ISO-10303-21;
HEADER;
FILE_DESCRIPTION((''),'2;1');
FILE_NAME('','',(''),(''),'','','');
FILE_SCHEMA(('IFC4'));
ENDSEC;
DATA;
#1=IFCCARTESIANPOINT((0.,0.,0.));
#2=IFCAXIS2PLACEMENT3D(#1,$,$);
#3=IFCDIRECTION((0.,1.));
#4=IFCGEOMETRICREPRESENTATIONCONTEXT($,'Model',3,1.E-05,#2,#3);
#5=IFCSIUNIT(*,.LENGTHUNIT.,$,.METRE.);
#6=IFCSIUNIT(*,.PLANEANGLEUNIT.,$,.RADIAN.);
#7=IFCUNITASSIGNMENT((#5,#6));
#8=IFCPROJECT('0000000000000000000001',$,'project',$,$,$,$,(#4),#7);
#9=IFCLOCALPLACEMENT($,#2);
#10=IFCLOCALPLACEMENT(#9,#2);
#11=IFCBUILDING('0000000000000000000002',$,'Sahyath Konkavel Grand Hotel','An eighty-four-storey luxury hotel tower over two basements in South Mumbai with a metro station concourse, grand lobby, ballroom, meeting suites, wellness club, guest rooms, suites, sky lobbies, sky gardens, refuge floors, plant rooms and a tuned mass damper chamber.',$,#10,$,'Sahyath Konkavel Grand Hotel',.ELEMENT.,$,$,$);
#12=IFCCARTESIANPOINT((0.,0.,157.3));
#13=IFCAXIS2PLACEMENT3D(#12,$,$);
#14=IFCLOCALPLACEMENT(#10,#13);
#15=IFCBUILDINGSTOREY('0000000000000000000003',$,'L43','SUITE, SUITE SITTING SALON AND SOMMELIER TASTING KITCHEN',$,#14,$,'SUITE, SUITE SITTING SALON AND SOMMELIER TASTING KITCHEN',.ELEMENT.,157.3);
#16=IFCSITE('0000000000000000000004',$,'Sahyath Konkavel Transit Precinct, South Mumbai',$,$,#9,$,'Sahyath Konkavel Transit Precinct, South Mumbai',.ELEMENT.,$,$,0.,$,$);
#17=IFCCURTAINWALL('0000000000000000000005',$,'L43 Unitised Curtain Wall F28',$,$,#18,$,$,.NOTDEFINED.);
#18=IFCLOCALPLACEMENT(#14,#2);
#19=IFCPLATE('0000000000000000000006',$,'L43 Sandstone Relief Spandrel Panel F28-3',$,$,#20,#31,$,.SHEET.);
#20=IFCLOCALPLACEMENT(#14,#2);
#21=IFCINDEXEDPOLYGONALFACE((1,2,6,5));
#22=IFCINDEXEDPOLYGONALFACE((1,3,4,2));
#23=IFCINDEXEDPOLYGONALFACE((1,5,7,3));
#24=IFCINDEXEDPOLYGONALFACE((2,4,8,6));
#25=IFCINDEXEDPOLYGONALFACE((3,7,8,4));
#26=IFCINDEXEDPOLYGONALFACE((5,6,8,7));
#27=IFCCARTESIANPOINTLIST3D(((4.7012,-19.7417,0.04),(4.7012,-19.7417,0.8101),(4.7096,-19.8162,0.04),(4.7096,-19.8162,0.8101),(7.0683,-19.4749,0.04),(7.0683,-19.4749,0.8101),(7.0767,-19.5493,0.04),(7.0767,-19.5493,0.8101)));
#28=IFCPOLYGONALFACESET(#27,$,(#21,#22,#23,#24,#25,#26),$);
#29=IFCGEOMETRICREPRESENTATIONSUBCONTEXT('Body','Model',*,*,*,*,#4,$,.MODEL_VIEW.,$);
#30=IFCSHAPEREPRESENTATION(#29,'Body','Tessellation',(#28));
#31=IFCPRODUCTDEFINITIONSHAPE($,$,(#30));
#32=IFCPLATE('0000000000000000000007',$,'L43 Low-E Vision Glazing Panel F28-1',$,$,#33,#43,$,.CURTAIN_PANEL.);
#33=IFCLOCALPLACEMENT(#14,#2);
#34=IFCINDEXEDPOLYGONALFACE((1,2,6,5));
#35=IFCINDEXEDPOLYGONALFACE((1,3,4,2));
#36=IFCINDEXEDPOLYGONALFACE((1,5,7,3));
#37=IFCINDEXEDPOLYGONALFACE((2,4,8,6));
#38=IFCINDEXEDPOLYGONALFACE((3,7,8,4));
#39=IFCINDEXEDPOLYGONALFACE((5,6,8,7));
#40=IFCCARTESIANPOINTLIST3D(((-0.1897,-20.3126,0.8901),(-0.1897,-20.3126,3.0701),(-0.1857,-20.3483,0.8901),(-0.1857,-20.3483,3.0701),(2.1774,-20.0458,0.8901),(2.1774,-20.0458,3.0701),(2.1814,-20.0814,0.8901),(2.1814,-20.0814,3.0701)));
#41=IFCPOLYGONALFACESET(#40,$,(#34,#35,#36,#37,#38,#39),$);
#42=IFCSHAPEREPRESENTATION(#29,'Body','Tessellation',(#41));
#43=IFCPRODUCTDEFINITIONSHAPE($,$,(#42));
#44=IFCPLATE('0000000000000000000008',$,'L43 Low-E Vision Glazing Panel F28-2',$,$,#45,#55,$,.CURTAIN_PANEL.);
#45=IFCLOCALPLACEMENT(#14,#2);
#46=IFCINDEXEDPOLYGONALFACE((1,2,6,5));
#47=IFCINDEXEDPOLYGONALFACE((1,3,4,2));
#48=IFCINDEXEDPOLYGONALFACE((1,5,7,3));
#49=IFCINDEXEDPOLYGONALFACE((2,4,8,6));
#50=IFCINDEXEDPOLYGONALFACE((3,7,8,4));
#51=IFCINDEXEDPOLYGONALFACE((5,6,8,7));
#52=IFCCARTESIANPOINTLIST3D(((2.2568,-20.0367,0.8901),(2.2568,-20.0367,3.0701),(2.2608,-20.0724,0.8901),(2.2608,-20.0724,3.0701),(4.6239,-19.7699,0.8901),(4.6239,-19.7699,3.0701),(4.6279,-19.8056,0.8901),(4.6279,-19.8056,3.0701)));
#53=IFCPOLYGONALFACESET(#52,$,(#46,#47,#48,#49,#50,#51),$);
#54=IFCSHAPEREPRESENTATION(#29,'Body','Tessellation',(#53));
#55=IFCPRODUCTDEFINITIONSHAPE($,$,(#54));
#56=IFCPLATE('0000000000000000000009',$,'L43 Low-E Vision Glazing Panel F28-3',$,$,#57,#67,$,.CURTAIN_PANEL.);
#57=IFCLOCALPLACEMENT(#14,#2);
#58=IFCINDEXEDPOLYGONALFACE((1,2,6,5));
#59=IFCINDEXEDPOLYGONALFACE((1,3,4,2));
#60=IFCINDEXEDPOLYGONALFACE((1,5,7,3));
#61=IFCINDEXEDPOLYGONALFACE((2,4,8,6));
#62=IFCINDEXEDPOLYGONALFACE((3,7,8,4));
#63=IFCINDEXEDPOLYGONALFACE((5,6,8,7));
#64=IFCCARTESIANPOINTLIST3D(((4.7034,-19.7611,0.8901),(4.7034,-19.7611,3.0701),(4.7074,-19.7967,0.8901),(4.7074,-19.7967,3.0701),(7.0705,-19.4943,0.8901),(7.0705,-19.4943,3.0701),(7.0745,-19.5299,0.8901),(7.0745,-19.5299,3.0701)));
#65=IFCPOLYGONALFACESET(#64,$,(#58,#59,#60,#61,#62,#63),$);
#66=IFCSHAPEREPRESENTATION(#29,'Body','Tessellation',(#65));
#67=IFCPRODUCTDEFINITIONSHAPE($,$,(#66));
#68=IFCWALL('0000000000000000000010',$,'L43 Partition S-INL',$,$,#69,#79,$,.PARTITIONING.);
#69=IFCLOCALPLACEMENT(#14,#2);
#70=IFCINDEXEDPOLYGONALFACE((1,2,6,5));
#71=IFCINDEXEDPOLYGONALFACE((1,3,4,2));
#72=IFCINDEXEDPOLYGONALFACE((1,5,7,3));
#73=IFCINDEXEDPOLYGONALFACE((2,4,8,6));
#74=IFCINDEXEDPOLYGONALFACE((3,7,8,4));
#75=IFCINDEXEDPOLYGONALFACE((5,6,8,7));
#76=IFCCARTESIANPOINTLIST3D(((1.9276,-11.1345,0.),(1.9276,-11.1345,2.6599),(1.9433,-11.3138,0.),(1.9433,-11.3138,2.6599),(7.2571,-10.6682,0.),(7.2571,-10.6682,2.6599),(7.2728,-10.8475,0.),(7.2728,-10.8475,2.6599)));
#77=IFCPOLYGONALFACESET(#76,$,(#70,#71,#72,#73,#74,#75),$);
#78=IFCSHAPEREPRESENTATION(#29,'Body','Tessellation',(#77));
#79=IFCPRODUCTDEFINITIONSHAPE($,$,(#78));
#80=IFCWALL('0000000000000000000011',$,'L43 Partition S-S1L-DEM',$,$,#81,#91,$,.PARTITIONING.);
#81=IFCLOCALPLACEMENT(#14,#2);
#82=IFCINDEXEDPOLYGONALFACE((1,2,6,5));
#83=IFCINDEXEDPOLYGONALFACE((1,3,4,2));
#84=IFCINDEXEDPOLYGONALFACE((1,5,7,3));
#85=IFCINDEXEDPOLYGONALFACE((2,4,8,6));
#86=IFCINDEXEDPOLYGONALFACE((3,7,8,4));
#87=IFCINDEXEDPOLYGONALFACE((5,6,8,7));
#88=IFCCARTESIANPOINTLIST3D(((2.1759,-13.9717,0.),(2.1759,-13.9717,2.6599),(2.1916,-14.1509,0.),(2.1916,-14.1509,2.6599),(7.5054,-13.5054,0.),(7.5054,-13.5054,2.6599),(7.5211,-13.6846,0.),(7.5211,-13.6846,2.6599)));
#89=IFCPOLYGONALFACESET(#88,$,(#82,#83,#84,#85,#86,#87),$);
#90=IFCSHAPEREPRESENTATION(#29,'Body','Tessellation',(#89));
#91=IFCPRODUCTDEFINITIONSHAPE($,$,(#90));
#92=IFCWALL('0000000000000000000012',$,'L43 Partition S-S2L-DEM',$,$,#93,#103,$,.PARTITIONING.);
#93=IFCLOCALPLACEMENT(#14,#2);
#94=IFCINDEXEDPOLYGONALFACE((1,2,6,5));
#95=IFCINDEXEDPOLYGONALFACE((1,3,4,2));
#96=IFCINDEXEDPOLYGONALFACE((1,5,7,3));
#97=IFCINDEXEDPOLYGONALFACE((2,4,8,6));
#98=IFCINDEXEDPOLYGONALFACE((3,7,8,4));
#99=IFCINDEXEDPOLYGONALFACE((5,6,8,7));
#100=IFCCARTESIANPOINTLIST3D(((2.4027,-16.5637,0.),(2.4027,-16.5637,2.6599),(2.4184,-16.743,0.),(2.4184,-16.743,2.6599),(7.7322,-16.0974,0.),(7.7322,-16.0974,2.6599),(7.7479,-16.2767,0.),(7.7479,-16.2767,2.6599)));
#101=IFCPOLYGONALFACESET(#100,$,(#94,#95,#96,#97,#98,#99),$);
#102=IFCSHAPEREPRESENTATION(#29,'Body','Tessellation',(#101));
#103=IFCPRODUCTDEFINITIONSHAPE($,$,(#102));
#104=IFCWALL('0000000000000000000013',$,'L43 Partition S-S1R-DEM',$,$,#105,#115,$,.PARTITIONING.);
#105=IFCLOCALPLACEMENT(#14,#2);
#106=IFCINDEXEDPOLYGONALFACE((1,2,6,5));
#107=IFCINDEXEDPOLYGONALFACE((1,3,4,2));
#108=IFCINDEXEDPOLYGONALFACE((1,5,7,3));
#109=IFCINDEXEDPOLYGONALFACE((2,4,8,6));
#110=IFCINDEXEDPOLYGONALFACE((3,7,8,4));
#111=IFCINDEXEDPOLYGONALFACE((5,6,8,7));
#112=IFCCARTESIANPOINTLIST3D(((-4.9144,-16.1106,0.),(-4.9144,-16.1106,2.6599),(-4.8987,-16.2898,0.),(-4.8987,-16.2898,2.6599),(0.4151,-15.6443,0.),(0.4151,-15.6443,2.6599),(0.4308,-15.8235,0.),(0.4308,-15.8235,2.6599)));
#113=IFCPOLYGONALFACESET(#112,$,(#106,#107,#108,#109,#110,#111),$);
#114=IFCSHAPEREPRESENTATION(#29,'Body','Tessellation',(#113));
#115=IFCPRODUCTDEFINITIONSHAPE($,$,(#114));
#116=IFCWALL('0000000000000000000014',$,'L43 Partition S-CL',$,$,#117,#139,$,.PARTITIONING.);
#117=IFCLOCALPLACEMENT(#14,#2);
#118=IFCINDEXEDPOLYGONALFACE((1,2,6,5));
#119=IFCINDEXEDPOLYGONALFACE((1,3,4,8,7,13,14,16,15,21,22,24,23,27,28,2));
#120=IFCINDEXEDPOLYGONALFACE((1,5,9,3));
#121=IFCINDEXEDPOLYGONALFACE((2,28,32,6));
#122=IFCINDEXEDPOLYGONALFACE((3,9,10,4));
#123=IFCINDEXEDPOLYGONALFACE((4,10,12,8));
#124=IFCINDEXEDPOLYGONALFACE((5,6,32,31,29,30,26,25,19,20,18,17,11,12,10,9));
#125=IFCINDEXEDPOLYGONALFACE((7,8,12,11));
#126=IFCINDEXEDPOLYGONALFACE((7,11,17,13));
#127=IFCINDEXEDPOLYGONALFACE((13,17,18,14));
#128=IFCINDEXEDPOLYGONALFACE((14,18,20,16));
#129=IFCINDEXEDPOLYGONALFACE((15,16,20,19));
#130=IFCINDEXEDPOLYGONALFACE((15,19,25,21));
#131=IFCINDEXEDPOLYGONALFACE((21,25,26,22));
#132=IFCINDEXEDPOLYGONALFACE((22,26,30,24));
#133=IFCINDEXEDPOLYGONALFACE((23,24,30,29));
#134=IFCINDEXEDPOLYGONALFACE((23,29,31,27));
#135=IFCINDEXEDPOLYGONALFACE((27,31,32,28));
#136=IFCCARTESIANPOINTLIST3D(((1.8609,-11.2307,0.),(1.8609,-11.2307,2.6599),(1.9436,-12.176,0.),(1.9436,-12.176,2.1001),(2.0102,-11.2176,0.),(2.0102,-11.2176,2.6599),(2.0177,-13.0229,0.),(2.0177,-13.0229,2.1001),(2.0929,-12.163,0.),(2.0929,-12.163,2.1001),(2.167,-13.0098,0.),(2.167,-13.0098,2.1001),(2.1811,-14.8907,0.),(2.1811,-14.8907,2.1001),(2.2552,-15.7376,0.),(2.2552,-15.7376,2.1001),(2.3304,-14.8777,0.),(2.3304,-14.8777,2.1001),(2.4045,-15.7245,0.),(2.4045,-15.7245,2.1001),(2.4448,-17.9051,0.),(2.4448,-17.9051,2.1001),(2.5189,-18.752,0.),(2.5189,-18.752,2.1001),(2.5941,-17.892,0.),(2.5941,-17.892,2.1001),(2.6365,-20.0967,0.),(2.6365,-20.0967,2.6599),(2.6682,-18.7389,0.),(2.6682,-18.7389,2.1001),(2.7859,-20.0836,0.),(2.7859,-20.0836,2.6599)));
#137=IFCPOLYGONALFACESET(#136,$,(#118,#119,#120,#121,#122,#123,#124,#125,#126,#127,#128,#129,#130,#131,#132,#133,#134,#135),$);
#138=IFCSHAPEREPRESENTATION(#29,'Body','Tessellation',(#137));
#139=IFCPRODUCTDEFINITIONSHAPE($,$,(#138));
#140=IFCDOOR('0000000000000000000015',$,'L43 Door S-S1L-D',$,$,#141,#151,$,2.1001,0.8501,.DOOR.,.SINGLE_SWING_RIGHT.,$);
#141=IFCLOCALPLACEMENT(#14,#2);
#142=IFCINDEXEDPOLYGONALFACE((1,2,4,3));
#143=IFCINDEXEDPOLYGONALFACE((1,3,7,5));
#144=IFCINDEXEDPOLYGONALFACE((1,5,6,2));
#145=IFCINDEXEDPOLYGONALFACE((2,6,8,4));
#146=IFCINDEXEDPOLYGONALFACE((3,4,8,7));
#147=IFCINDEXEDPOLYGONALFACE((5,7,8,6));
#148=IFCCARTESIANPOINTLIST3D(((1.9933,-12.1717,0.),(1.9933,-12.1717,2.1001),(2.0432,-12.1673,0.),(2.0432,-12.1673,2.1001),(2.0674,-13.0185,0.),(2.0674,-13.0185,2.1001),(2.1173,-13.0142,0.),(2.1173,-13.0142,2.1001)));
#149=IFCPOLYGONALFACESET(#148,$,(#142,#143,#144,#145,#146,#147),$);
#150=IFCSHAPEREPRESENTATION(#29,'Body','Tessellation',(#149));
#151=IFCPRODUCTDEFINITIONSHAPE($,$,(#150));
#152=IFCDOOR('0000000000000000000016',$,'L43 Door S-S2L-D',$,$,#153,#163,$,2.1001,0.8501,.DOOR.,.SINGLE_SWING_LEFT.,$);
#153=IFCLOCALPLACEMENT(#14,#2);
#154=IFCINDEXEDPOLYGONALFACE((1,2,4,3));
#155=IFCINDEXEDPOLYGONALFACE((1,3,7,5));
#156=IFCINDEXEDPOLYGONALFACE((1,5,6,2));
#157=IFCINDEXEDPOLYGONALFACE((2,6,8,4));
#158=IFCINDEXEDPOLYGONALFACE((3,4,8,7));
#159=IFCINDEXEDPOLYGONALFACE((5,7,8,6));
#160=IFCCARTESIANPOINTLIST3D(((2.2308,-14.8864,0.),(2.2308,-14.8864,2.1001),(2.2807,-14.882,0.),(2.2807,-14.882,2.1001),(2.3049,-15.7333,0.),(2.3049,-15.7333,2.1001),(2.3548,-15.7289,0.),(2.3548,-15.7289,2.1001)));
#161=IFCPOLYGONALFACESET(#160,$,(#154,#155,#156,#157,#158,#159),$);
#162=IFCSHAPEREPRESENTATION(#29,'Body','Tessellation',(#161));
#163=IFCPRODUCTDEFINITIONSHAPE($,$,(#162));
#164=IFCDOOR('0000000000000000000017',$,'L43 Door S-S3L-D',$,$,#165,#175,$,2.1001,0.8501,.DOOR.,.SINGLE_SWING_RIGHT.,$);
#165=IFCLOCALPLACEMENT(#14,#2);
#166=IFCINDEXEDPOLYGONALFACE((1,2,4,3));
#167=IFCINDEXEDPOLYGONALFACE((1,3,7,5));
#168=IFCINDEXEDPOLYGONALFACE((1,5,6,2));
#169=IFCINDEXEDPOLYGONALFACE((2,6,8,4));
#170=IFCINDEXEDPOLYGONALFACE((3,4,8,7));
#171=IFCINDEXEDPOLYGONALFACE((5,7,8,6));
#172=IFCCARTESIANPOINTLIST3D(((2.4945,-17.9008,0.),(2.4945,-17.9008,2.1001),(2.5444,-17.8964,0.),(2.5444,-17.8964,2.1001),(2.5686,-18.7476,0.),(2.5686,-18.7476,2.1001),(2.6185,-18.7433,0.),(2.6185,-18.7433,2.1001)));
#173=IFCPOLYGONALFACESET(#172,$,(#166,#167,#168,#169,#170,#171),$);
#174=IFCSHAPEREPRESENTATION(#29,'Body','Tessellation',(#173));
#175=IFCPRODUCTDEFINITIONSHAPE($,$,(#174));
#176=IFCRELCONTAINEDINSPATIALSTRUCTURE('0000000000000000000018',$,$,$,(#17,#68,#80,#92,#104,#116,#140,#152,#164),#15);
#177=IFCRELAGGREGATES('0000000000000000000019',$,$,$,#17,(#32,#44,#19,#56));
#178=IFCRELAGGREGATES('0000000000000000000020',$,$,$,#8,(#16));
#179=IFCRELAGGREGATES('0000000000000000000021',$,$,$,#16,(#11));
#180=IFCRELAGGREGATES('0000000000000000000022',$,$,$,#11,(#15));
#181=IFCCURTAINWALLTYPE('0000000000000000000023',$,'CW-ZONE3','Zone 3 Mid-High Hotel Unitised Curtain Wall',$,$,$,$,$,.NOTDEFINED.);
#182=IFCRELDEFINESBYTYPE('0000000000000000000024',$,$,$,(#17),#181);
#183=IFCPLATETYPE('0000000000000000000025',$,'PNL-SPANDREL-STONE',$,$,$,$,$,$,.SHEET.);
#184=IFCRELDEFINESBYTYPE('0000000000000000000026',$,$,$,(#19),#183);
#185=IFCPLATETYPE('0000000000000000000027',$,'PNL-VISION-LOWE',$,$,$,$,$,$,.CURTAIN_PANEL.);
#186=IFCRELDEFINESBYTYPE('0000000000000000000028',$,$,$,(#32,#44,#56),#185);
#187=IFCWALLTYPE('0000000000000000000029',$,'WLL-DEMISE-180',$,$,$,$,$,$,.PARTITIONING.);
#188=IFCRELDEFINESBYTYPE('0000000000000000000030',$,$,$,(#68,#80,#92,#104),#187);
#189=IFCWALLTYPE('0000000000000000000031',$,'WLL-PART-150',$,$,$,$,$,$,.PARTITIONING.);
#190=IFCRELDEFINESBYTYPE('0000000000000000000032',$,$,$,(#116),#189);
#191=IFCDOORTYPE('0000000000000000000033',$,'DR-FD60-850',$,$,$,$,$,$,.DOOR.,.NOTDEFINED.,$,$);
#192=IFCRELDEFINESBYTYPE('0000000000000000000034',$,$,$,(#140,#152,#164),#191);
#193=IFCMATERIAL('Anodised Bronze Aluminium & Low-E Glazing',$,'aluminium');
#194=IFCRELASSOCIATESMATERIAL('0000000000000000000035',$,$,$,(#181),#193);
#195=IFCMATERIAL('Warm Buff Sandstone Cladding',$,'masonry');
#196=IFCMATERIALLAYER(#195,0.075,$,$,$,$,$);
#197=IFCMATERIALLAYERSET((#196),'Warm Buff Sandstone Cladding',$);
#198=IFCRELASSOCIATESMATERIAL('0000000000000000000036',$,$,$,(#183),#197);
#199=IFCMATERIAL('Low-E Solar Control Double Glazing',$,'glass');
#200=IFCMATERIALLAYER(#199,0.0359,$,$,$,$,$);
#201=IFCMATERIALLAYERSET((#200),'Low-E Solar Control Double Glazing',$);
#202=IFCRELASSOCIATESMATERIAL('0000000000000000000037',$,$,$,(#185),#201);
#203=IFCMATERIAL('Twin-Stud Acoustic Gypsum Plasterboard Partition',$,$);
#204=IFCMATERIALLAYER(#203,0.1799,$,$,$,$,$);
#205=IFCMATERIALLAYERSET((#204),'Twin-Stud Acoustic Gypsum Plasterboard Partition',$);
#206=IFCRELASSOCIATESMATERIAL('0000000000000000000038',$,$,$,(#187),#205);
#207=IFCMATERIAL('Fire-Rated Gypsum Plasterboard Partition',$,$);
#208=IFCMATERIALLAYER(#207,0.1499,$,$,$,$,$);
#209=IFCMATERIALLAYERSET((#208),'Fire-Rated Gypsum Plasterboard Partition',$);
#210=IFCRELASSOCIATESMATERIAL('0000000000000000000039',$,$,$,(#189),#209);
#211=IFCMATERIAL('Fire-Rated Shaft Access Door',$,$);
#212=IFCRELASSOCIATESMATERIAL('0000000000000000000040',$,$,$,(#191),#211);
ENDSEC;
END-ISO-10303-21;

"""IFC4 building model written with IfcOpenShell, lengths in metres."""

from ifc_helpers import new_model, si_unit, direction, frame, frame_2d, origin, origin_2d, place, context, subcontext, project, spatial, rectangle, extrude, source, transform, mapped, material, layer, layer_set, type_object, element, fill, aggregate, save


model = new_model("IFC4")

# Units and contexts
model_context = context("Model", 3, precision=1e-05, world=origin(), true_north=direction((0.0, 1.0)))
body_context = subcontext(model_context, "Body", "Model", "MODEL_VIEW")
ifc_project = project(units=[si_unit("LENGTHUNIT", "METRE"), si_unit("PLANEANGLEUNIT", "RADIAN")], contexts=[model_context])

# Site, building, storey
site_placement = place(None, origin())
site = spatial("IfcSite", under=ifc_project, at=site_placement, Name="Sahyath Konkavel Transit Precinct, South Mumbai", LongName="Sahyath Konkavel Transit Precinct, South Mumbai", CompositionType="ELEMENT", RefElevation=0.0)
building_placement = place(site_placement, origin())
building = spatial("IfcBuilding", under=site, at=building_placement, Name="Sahyath Konkavel Grand Hotel", Description="An eighty-four-storey luxury hotel tower over two basements in South Mumbai with a metro station concourse, grand lobby, ballroom, meeting suites, wellness club, guest rooms, suites, sky lobbies, sky gardens, refuge floors, plant rooms and a tuned mass damper chamber.", LongName="Sahyath Konkavel Grand Hotel", CompositionType="ELEMENT")
storey_placement = place(building_placement, frame((0.0, 0.0, 157.3)))
storey = spatial("IfcBuildingStorey", under=building, at=storey_placement, Name="L43", Description="SUITE, SUITE SITTING SALON AND SOMMELIER TASTING KITCHEN", LongName="SUITE, SUITE SITTING SALON AND SOMMELIER TASTING KITCHEN", CompositionType="ELEMENT", Elevation=157.3)

# Curtain wall
ifc_material_1 = material(Name="Anodised Bronze Aluminium & Low-E Glazing", Category="aluminium")
curtain_wall_type = type_object("IfcCurtainWallType", Name="CW-ZONE3", Description="Zone 3 Mid-High Hotel Unitised Curtain Wall", PredefinedType="NOTDEFINED", material=ifc_material_1)
curtain_wall_placement = place(storey_placement, origin())
curtain_wall = element("IfcCurtainWall", 1, at=curtain_wall_placement, inside=storey, type_object=curtain_wall_type, Name="L43 Unitised Curtain Wall F28", PredefinedType="NOTDEFINED")

# Plates
ifc_material_2 = material(Name="Warm Buff Sandstone Cladding", Category="masonry")
ifc_layer_1 = layer(ifc_material_2, 0.075)
ifc_layer_set_1 = layer_set([ifc_layer_1], Name="Warm Buff Sandstone Cladding")
plate_type_1 = type_object("IfcPlateType", Name="PNL-SPANDREL-STONE", PredefinedType="SHEET", material=ifc_layer_set_1)
shared_shape_1 = source(origin(), body_context, "Body", "SweptSolid", [
    extrude(rectangle(XDim=2.3821, YDim=0.075, at=origin_2d()), origin(), (0.0, 0.0, 1.0), 0.77),
])
plate_1_placement = place(storey_placement, frame((5.8889, -19.6455, 0.04), z_axis=(0.0, 0.0, 1.0), x_axis=(0.993707, 0.112007, 0.0)))
plate_1 = element("IfcPlate", 2, at=plate_1_placement, type_object=plate_type_1, Name="L43 Sandstone Relief Spandrel Panel F28-3", PredefinedType="SHEET", context=body_context, shape_type="MappedRepresentation", body=[
    mapped(shared_shape_1, transform((0.0, 0.0, 0.0), scale=1.0)),
])
ifc_material_3 = material(Name="Low-E Solar Control Double Glazing", Category="glass")
ifc_layer_2 = layer(ifc_material_3, 0.0359)
ifc_layer_set_2 = layer_set([ifc_layer_2], Name="Low-E Solar Control Double Glazing")
plate_type_2 = type_object("IfcPlateType", Name="PNL-VISION-LOWE", PredefinedType="CURTAIN_PANEL", material=ifc_layer_set_2)
shared_shape_2 = source(origin(), body_context, "Body", "SweptSolid", [
    extrude(rectangle(XDim=2.3821, YDim=0.0359, at=origin_2d()), origin(), (0.0, 0.0, 1.0), 2.1799),
])
plate_2_placement = place(storey_placement, frame((0.9958, -20.197, 0.8901), z_axis=(0.0, 0.0, 1.0), x_axis=(0.993707, 0.112007, 0.0)))
plate_2 = element("IfcPlate", 3, at=plate_2_placement, type_object=plate_type_2, Name="L43 Low-E Vision Glazing Panel F28-1", PredefinedType="CURTAIN_PANEL", context=body_context, shape_type="MappedRepresentation", body=[
    mapped(shared_shape_2, transform((0.0, 0.0, 0.0), scale=1.0)),
])
plate_3_placement = place(storey_placement, frame((3.4424, -19.9211, 0.8901), z_axis=(0.0, 0.0, 1.0), x_axis=(0.993707, 0.112007, 0.0)))
plate_3 = element("IfcPlate", 4, at=plate_3_placement, type_object=plate_type_2, Name="L43 Low-E Vision Glazing Panel F28-2", PredefinedType="CURTAIN_PANEL", context=body_context, shape_type="MappedRepresentation", body=[
    mapped(shared_shape_2, transform((0.0, 0.0, 0.0), scale=1.0)),
])
plate_4_placement = place(storey_placement, frame((5.8889, -19.6455, 0.8901), z_axis=(0.0, 0.0, 1.0), x_axis=(0.993707, 0.112007, 0.0)))
plate_4 = element("IfcPlate", 5, at=plate_4_placement, type_object=plate_type_2, Name="L43 Low-E Vision Glazing Panel F28-3", PredefinedType="CURTAIN_PANEL", context=body_context, shape_type="MappedRepresentation", body=[
    mapped(shared_shape_2, transform((0.0, 0.0, 0.0), scale=1.0)),
])
aggregate(curtain_wall, [plate_2, plate_3, plate_1, plate_4])

# Walls
ifc_material_4 = material(Name="Twin-Stud Acoustic Gypsum Plasterboard Partition")
ifc_layer_3 = layer(ifc_material_4, 0.1799)
ifc_layer_set_3 = layer_set([ifc_layer_3], Name="Twin-Stud Acoustic Gypsum Plasterboard Partition")
wall_type_1 = type_object("IfcWallType", Name="WLL-DEMISE-180", PredefinedType="PARTITIONING", material=ifc_layer_set_3)
for number, where, z_axis, x_axis, name in (
    (6, (1.9355, -11.2241, 0.0), (0.0, 0.0, 1.0), (0.996194, 0.087161, 0.0), "L43 Partition S-INL"),
    (7, (2.1838, -14.0613, 0.0), (0.0, 0.0, 1.0), (0.996194, 0.087161, 0.0), "L43 Partition S-S1L-DEM"),
    (8, (2.4106, -16.6533, 0.0), (0.0, 0.0, 1.0), (0.996194, 0.087161, 0.0), "L43 Partition S-S2L-DEM"),
    (9, (0.4229, -15.7339, 0.0), (0.0, 0.0, 1.0), (-0.996194, -0.087161, 0.0), "L43 Partition S-S1R-DEM"),
):
    element("IfcWall", number, at=place(storey_placement, frame(where, z_axis=z_axis, x_axis=x_axis)), inside=storey, type_object=wall_type_1, Name=name, PredefinedType="PARTITIONING", context=body_context, shape_type="SweptSolid", body=[
        extrude(rectangle(XDim=5.3499, YDim=0.1799, at=frame_2d((2.6748, 0.0))), origin(), (0.0, 0.0, 1.0), 2.6599),
    ])

# Wall, openings, doors
ifc_material_5 = material(Name="Fire-Rated Gypsum Plasterboard Partition")
ifc_layer_4 = layer(ifc_material_5, 0.1499)
ifc_layer_set_4 = layer_set([ifc_layer_4], Name="Fire-Rated Gypsum Plasterboard Partition")
wall_type_2 = type_object("IfcWallType", Name="WLL-PART-150", PredefinedType="PARTITIONING", material=ifc_layer_set_4)
wall_1_placement = place(storey_placement, frame((1.9355, -11.2241, 0.0), z_axis=(0.0, 0.0, 1.0), x_axis=(0.087152, -0.996195, 0.0)))
wall_1 = element("IfcWall", 10, at=wall_1_placement, inside=storey, type_object=wall_type_2, Name="L43 Partition S-CL", PredefinedType="PARTITIONING", context=body_context, shape_type="SweptSolid", body=[
    extrude(rectangle(XDim=8.8999, YDim=0.1499, at=frame_2d((4.45, 0.0))), origin(), (0.0, 0.0, 1.0), 2.6599),
])
opening_1_placement = place(wall_1_placement, frame((0.949, 0.0, 0.0)))
opening_1 = element("IfcOpeningElement", 11, at=opening_1_placement, cuts=wall_1, PredefinedType="OPENING", context=body_context, shape_type="SweptSolid", body=[
    extrude(rectangle(XDim=0.8501, YDim=2.1001, at=frame_2d((0.425, 1.05))), frame((0.0, 0.085, 0.0), z_axis=(0.0, -1.0, 0.0), x_axis=(1.0, 0.0, 0.0)), (0.0, 0.0, 1.0), 0.1699),
])
opening_2_placement = place(wall_1_placement, frame((3.6741, 0.0, 0.0)))
opening_2 = element("IfcOpeningElement", 12, at=opening_2_placement, cuts=wall_1, PredefinedType="OPENING", context=body_context, shape_type="SweptSolid", body=[
    extrude(rectangle(XDim=0.8501, YDim=2.1001, at=frame_2d((0.425, 1.05))), frame((0.0, 0.085, 0.0), z_axis=(0.0, -1.0, 0.0), x_axis=(1.0, 0.0, 0.0)), (0.0, 0.0, 1.0), 0.1699),
])
opening_3_placement = place(wall_1_placement, frame((6.7, 0.0, 0.0)))
opening_3 = element("IfcOpeningElement", 13, at=opening_3_placement, cuts=wall_1, PredefinedType="OPENING", context=body_context, shape_type="SweptSolid", body=[
    extrude(rectangle(XDim=0.8501, YDim=2.1001, at=frame_2d((0.425, 1.05))), frame((0.0, 0.085, 0.0), z_axis=(0.0, -1.0, 0.0), x_axis=(1.0, 0.0, 0.0)), (0.0, 0.0, 1.0), 0.1699),
])
ifc_material_6 = material(Name="Fire-Rated Shaft Access Door")
door_type_1 = type_object("IfcDoorType", Name="DR-FD60-850", OperationType="NOTDEFINED", PredefinedType="DOOR", material=ifc_material_6)
shared_shape_3 = source(origin(), body_context, "Body", "SweptSolid", [
    extrude(rectangle(XDim=0.8501, YDim=0.05, at=origin_2d()), origin(), (0.0, 0.0, 1.0), 2.1001),
])
door_1_placement = place(opening_1_placement, frame((0.425, 0.0, 0.0)))
door_1 = element("IfcDoor", 14, at=door_1_placement, inside=storey, type_object=door_type_1, Name="L43 Door S-S1L-D", OperationType="SINGLE_SWING_RIGHT", OverallHeight=2.1001, OverallWidth=0.8501, PredefinedType="DOOR", context=body_context, shape_type="MappedRepresentation", body=[
    mapped(shared_shape_3, transform((0.0, 0.0, 0.0), scale=1.0)),
])
fill(opening_1, door_1)
door_2_placement = place(opening_2_placement, frame((0.425, 0.0, 0.0)))
door_2 = element("IfcDoor", 15, at=door_2_placement, inside=storey, type_object=door_type_1, Name="L43 Door S-S2L-D", OperationType="SINGLE_SWING_LEFT", OverallHeight=2.1001, OverallWidth=0.8501, PredefinedType="DOOR", context=body_context, shape_type="MappedRepresentation", body=[
    mapped(shared_shape_3, transform((0.0, 0.0, 0.0), scale=1.0)),
])
fill(opening_2, door_2)
door_3_placement = place(opening_3_placement, frame((0.425, 0.0, 0.0)))
door_3 = element("IfcDoor", 16, at=door_3_placement, inside=storey, type_object=door_type_1, Name="L43 Door S-S3L-D", OperationType="SINGLE_SWING_RIGHT", OverallHeight=2.1001, OverallWidth=0.8501, PredefinedType="DOOR", context=body_context, shape_type="MappedRepresentation", body=[
    mapped(shared_shape_3, transform((0.0, 0.0, 0.0), scale=1.0)),
])
fill(opening_3, door_3)

save(model, "model.ifc")
